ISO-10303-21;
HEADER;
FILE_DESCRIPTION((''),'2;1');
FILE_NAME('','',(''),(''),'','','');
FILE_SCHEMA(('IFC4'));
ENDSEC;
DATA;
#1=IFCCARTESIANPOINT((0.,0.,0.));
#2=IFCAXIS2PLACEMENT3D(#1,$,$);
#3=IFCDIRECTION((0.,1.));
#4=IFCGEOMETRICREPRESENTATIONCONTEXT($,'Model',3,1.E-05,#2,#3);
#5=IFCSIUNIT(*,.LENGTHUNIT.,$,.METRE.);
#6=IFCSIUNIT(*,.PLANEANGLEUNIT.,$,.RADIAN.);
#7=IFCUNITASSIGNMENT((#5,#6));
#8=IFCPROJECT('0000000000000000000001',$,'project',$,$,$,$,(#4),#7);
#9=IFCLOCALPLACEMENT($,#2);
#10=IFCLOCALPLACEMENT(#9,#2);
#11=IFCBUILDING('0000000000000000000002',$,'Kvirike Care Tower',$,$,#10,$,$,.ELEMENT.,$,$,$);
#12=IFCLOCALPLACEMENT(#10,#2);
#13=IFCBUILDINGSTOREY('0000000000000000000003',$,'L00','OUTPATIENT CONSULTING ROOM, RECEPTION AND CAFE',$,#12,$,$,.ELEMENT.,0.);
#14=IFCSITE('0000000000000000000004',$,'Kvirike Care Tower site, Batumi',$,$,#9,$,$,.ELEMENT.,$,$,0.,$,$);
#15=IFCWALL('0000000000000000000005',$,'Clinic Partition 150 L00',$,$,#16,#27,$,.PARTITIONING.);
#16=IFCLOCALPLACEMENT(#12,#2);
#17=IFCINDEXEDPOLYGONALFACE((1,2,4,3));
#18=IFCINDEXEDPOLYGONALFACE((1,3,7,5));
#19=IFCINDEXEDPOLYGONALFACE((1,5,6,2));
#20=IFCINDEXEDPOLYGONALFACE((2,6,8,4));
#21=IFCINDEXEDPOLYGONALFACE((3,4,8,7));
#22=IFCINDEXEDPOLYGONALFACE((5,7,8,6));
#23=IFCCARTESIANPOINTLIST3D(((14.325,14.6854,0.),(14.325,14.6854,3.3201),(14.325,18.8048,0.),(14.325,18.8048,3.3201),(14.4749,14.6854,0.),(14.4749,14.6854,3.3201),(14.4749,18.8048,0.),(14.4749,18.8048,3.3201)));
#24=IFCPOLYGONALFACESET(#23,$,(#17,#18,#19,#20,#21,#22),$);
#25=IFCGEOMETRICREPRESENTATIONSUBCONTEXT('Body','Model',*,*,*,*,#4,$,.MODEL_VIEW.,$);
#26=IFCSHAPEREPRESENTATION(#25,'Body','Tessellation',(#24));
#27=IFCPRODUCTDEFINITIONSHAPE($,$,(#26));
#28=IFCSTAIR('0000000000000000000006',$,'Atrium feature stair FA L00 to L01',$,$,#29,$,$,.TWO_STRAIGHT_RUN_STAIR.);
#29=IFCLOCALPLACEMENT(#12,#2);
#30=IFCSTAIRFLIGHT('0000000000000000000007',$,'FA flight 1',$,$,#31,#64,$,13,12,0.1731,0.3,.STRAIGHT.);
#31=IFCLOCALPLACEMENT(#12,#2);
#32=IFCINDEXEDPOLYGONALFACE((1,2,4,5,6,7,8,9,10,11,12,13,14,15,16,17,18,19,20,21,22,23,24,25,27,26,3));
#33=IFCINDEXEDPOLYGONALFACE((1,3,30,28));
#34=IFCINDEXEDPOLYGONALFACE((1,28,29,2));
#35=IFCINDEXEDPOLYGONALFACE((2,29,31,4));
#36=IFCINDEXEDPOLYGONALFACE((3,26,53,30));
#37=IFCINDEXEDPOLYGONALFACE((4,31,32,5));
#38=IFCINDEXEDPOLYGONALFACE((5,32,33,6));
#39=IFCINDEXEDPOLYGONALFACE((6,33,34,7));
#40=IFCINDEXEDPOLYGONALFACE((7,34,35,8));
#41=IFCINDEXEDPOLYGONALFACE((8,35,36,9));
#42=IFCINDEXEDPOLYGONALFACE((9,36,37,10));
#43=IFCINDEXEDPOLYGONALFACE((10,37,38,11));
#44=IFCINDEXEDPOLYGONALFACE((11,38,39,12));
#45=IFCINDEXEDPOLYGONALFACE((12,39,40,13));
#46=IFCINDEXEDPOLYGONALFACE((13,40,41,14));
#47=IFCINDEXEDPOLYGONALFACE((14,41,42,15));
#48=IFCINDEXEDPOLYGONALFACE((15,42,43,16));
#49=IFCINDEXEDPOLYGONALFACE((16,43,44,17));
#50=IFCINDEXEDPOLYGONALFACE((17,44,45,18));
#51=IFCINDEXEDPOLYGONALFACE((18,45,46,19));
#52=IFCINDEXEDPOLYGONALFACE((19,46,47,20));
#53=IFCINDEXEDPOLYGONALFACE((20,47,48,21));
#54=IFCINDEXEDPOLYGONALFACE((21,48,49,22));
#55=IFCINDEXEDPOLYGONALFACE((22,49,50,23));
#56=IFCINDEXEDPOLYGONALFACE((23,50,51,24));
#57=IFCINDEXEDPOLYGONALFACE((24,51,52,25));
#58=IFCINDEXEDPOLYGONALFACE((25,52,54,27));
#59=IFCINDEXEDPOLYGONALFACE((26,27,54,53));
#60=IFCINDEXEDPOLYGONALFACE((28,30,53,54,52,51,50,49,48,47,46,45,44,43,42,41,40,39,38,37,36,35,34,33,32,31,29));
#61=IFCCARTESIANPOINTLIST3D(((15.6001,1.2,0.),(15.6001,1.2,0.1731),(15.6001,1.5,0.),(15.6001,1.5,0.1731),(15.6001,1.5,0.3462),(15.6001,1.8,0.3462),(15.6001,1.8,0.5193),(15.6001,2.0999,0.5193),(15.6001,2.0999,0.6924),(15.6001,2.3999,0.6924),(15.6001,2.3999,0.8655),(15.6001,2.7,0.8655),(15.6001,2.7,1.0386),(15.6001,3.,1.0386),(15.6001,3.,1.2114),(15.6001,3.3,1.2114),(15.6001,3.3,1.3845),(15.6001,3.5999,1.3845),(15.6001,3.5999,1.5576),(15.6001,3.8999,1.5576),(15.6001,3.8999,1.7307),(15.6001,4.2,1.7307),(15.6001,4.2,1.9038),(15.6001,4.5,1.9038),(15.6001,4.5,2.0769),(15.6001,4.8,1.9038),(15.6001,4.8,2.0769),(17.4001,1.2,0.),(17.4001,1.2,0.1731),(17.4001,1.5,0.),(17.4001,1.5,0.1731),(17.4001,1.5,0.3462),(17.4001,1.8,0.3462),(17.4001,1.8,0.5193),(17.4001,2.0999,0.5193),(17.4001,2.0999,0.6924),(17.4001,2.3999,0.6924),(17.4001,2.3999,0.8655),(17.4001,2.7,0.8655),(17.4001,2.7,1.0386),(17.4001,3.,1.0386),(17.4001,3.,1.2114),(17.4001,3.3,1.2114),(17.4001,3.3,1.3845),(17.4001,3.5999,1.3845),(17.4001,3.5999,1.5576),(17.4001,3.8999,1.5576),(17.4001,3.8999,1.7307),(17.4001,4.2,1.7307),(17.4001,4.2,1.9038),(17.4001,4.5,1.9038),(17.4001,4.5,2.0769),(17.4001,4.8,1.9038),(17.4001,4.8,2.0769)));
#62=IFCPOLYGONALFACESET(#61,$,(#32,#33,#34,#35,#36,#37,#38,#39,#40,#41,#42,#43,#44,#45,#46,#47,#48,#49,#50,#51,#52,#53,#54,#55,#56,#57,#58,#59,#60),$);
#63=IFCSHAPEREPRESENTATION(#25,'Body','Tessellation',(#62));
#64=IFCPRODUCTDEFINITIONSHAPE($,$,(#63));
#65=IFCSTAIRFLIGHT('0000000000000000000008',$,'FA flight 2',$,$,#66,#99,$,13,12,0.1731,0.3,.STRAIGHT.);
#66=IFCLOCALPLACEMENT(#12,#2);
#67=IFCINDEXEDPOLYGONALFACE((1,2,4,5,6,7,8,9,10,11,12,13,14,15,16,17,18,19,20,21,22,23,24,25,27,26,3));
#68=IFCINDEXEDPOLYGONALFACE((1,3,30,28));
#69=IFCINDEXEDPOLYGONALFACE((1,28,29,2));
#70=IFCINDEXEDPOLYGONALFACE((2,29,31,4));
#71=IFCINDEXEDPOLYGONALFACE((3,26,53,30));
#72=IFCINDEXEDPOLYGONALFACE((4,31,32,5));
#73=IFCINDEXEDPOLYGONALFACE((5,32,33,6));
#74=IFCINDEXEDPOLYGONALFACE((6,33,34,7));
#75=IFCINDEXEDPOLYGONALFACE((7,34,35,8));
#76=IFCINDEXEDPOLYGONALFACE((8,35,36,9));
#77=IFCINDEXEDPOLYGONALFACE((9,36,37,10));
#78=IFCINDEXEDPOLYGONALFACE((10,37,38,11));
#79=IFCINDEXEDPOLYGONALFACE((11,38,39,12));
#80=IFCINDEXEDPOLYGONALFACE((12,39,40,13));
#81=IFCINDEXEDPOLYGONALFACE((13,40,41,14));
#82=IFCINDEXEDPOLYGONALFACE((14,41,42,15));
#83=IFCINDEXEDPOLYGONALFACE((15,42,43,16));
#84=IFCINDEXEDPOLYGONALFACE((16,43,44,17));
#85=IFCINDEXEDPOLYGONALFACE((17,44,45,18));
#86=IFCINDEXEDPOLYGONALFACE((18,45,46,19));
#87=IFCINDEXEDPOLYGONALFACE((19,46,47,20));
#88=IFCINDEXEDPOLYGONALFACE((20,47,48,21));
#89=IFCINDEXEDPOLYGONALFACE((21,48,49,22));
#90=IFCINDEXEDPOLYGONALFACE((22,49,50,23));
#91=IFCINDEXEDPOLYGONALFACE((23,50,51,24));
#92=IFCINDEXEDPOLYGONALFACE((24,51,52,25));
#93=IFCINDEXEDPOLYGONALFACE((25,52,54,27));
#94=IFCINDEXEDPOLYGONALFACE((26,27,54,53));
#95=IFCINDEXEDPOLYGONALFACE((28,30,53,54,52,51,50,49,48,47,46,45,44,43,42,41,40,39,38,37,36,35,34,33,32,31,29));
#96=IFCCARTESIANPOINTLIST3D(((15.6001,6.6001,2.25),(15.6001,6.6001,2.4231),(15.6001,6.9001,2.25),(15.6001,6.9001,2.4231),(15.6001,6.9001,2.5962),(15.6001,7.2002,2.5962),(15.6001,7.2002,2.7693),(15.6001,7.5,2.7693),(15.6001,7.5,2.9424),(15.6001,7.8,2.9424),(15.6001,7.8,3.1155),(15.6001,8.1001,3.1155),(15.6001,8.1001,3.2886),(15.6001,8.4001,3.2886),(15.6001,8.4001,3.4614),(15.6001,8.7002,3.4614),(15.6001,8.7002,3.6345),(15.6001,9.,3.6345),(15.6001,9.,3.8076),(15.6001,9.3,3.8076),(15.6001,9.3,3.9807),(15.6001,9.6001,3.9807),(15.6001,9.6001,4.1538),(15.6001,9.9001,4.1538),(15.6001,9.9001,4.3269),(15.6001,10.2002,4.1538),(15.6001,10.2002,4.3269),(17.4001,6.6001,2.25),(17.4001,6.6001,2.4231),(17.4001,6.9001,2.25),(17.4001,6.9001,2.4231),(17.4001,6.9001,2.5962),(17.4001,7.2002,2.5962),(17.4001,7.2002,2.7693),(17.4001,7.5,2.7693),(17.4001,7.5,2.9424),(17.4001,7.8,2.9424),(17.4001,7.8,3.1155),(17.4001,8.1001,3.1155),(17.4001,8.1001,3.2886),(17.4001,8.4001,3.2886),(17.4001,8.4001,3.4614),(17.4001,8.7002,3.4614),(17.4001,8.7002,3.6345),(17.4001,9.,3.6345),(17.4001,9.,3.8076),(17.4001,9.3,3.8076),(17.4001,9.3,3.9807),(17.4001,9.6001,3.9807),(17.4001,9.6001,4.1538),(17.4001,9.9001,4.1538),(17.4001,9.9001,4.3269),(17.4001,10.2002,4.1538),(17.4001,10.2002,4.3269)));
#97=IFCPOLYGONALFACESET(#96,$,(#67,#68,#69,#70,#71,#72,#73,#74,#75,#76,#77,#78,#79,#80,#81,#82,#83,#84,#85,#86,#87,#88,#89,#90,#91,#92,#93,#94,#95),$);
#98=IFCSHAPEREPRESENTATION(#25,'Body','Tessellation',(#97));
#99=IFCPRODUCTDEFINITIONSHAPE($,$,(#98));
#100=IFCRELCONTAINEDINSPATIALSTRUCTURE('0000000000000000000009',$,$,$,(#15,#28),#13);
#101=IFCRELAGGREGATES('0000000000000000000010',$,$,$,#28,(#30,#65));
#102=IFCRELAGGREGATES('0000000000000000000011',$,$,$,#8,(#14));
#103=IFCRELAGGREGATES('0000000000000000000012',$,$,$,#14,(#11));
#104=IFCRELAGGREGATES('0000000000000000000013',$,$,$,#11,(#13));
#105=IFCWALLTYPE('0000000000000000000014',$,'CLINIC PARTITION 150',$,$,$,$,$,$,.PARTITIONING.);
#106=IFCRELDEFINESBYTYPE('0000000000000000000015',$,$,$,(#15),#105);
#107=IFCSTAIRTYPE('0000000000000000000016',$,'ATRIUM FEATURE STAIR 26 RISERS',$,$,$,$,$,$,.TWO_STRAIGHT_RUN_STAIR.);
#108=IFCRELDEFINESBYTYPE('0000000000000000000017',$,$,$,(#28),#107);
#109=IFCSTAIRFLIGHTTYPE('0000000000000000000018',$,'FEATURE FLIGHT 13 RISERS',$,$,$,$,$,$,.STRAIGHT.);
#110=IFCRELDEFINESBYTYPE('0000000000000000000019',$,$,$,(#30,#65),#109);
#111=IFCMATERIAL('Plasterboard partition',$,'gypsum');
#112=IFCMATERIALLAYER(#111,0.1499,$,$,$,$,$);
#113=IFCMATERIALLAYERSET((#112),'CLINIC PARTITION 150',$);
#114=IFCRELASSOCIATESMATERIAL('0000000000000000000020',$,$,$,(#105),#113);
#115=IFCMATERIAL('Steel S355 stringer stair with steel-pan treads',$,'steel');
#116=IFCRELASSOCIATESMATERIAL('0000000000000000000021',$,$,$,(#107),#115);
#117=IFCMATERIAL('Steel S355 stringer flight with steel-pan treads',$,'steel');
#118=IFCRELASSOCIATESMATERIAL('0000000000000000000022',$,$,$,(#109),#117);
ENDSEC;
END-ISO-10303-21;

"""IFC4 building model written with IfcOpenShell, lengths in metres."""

from ifc_helpers import new_model, si_unit, direction, frame, frame_2d, origin, place, context, subcontext, project, spatial, polyline, rectangle, outline, extrude, material, layer, layer_set, type_object, element, aggregate, save


model = new_model("IFC4")

# Units and contexts
model_context = context("Model", 3, precision=1e-05, world=origin(), true_north=direction((0.0, 1.0)))
body_context = subcontext(model_context, "Body", "Model", "MODEL_VIEW")
ifc_project = project(units=[si_unit("LENGTHUNIT", "METRE"), si_unit("PLANEANGLEUNIT", "RADIAN")], contexts=[model_context])

# Site, building, storey
site_placement = place(None, origin())
site = spatial("IfcSite", under=ifc_project, at=site_placement, Name="Kvirike Care Tower site, Batumi", CompositionType="ELEMENT", RefElevation=0.0)
building_placement = place(site_placement, origin())
building = spatial("IfcBuilding", under=site, at=building_placement, Name="Kvirike Care Tower", CompositionType="ELEMENT")
storey_placement = place(building_placement, origin())
storey = spatial("IfcBuildingStorey", under=building, at=storey_placement, Name="L00", Description="OUTPATIENT CONSULTING ROOM, RECEPTION AND CAFE", CompositionType="ELEMENT", Elevation=0.0)

# Wall
ifc_material_1 = material(Name="Plasterboard partition", Category="gypsum")
ifc_layer_1 = layer(ifc_material_1, 0.1499)
ifc_layer_set_1 = layer_set([ifc_layer_1], Name="CLINIC PARTITION 150")
wall_type = type_object("IfcWallType", Name="CLINIC PARTITION 150", PredefinedType="PARTITIONING", material=ifc_layer_set_1)
wall_placement = place(storey_placement, frame((14.3999, 14.6855, 0.0), z_axis=(0.0, 0.0, 1.0), x_axis=(0.0, 1.0, 0.0)))
element("IfcWall", 1, at=wall_placement, inside=storey, type_object=wall_type, Name="Clinic Partition 150 L00", PredefinedType="PARTITIONING", context=body_context, shape_type="SweptSolid", body=[
    extrude(rectangle(XDim=4.1194, YDim=0.1499, at=frame_2d((2.0596, 0.0))), origin(), (0.0, 0.0, 1.0), 3.3201),
])

# Stair, stair flights
ifc_material_2 = material(Name="Steel S355 stringer stair with steel-pan treads", Category="steel")
stair_type = type_object("IfcStairType", Name="ATRIUM FEATURE STAIR 26 RISERS", PredefinedType="TWO_STRAIGHT_RUN_STAIR", material=ifc_material_2)
stair_placement = place(storey_placement, origin())
stair = element("IfcStair", 2, at=stair_placement, inside=storey, type_object=stair_type, Name="Atrium feature stair FA L00 to L01", PredefinedType="TWO_STRAIGHT_RUN_STAIR")
ifc_material_3 = material(Name="Steel S355 stringer flight with steel-pan treads", Category="steel")
stair_flight_type = type_object("IfcStairFlightType", Name="FEATURE FLIGHT 13 RISERS", PredefinedType="STRAIGHT", material=ifc_material_3)
stair_flight_1_placement = place(storey_placement, frame((16.5, 1.2, 0.0), z_axis=(0.0, 0.0, 1.0), x_axis=(0.0, 1.0, 0.0)))
stair_flight_1 = element("IfcStairFlight", 3, at=stair_flight_1_placement, type_object=stair_flight_type, Name="FA flight 1", NumberOfRisers=13, NumberOfTreads=12, PredefinedType="STRAIGHT", RiserHeight=0.1731, TreadLength=0.3, context=body_context, shape_type="SweptSolid", body=[
    extrude(outline(polyline([(0.0, 0.0), (0.0, 0.1731), (0.3, 0.1731), (0.3, 0.3462), (0.6001, 0.3462), (0.6001, 0.5193), (0.8999, 0.5193), (0.8999, 0.6924), (1.2, 0.6924), (1.2, 0.8655), (1.5, 0.8655), (1.5, 1.0386), (1.8, 1.0386), (1.8, 1.2114), (2.1001, 1.2114), (2.1001, 1.3845), (2.3999, 1.3845), (2.3999, 1.5576), (2.7, 1.5576), (2.7, 1.7307), (3.0, 1.7307), (3.0, 1.9038), (3.3, 1.9038), (3.3, 2.0769), (3.6001, 2.0769), (3.6001, 2.25), (3.6001, 1.9038), (0.3, 0.0), (0.0, 0.0)])), frame((0.0, 0.8999, 0.0), z_axis=(0.0, -1.0, 0.0), x_axis=(1.0, 0.0, 0.0)), (0.0, 0.0, 1.0), 1.8),
])
stair_flight_2_placement = place(storey_placement, frame((16.5, 6.6001, 2.25), z_axis=(0.0, 0.0, 1.0), x_axis=(0.0, 1.0, 0.0)))
stair_flight_2 = element("IfcStairFlight", 4, at=stair_flight_2_placement, type_object=stair_flight_type, Name="FA flight 2", NumberOfRisers=13, NumberOfTreads=12, PredefinedType="STRAIGHT", RiserHeight=0.1731, TreadLength=0.3, context=body_context, shape_type="SweptSolid", body=[
    extrude(outline(polyline([(0.0, 0.0), (0.0, 0.1731), (0.3, 0.1731), (0.3, 0.3462), (0.6001, 0.3462), (0.6001, 0.5193), (0.8999, 0.5193), (0.8999, 0.6924), (1.2, 0.6924), (1.2, 0.8655), (1.5, 0.8655), (1.5, 1.0386), (1.8, 1.0386), (1.8, 1.2114), (2.1001, 1.2114), (2.1001, 1.3845), (2.3999, 1.3845), (2.3999, 1.5576), (2.7, 1.5576), (2.7, 1.7307), (3.0, 1.7307), (3.0, 1.9038), (3.3, 1.9038), (3.3, 2.0769), (3.6001, 2.0769), (3.6001, 2.25), (3.6001, 1.9038), (0.3, 0.0), (0.0, 0.0)])), frame((0.0, 0.8999, 0.0), z_axis=(0.0, -1.0, 0.0), x_axis=(1.0, 0.0, 0.0)), (0.0, 0.0, 1.0), 1.8),
])
aggregate(stair, [stair_flight_1, stair_flight_2])

save(model, "model.ifc")
